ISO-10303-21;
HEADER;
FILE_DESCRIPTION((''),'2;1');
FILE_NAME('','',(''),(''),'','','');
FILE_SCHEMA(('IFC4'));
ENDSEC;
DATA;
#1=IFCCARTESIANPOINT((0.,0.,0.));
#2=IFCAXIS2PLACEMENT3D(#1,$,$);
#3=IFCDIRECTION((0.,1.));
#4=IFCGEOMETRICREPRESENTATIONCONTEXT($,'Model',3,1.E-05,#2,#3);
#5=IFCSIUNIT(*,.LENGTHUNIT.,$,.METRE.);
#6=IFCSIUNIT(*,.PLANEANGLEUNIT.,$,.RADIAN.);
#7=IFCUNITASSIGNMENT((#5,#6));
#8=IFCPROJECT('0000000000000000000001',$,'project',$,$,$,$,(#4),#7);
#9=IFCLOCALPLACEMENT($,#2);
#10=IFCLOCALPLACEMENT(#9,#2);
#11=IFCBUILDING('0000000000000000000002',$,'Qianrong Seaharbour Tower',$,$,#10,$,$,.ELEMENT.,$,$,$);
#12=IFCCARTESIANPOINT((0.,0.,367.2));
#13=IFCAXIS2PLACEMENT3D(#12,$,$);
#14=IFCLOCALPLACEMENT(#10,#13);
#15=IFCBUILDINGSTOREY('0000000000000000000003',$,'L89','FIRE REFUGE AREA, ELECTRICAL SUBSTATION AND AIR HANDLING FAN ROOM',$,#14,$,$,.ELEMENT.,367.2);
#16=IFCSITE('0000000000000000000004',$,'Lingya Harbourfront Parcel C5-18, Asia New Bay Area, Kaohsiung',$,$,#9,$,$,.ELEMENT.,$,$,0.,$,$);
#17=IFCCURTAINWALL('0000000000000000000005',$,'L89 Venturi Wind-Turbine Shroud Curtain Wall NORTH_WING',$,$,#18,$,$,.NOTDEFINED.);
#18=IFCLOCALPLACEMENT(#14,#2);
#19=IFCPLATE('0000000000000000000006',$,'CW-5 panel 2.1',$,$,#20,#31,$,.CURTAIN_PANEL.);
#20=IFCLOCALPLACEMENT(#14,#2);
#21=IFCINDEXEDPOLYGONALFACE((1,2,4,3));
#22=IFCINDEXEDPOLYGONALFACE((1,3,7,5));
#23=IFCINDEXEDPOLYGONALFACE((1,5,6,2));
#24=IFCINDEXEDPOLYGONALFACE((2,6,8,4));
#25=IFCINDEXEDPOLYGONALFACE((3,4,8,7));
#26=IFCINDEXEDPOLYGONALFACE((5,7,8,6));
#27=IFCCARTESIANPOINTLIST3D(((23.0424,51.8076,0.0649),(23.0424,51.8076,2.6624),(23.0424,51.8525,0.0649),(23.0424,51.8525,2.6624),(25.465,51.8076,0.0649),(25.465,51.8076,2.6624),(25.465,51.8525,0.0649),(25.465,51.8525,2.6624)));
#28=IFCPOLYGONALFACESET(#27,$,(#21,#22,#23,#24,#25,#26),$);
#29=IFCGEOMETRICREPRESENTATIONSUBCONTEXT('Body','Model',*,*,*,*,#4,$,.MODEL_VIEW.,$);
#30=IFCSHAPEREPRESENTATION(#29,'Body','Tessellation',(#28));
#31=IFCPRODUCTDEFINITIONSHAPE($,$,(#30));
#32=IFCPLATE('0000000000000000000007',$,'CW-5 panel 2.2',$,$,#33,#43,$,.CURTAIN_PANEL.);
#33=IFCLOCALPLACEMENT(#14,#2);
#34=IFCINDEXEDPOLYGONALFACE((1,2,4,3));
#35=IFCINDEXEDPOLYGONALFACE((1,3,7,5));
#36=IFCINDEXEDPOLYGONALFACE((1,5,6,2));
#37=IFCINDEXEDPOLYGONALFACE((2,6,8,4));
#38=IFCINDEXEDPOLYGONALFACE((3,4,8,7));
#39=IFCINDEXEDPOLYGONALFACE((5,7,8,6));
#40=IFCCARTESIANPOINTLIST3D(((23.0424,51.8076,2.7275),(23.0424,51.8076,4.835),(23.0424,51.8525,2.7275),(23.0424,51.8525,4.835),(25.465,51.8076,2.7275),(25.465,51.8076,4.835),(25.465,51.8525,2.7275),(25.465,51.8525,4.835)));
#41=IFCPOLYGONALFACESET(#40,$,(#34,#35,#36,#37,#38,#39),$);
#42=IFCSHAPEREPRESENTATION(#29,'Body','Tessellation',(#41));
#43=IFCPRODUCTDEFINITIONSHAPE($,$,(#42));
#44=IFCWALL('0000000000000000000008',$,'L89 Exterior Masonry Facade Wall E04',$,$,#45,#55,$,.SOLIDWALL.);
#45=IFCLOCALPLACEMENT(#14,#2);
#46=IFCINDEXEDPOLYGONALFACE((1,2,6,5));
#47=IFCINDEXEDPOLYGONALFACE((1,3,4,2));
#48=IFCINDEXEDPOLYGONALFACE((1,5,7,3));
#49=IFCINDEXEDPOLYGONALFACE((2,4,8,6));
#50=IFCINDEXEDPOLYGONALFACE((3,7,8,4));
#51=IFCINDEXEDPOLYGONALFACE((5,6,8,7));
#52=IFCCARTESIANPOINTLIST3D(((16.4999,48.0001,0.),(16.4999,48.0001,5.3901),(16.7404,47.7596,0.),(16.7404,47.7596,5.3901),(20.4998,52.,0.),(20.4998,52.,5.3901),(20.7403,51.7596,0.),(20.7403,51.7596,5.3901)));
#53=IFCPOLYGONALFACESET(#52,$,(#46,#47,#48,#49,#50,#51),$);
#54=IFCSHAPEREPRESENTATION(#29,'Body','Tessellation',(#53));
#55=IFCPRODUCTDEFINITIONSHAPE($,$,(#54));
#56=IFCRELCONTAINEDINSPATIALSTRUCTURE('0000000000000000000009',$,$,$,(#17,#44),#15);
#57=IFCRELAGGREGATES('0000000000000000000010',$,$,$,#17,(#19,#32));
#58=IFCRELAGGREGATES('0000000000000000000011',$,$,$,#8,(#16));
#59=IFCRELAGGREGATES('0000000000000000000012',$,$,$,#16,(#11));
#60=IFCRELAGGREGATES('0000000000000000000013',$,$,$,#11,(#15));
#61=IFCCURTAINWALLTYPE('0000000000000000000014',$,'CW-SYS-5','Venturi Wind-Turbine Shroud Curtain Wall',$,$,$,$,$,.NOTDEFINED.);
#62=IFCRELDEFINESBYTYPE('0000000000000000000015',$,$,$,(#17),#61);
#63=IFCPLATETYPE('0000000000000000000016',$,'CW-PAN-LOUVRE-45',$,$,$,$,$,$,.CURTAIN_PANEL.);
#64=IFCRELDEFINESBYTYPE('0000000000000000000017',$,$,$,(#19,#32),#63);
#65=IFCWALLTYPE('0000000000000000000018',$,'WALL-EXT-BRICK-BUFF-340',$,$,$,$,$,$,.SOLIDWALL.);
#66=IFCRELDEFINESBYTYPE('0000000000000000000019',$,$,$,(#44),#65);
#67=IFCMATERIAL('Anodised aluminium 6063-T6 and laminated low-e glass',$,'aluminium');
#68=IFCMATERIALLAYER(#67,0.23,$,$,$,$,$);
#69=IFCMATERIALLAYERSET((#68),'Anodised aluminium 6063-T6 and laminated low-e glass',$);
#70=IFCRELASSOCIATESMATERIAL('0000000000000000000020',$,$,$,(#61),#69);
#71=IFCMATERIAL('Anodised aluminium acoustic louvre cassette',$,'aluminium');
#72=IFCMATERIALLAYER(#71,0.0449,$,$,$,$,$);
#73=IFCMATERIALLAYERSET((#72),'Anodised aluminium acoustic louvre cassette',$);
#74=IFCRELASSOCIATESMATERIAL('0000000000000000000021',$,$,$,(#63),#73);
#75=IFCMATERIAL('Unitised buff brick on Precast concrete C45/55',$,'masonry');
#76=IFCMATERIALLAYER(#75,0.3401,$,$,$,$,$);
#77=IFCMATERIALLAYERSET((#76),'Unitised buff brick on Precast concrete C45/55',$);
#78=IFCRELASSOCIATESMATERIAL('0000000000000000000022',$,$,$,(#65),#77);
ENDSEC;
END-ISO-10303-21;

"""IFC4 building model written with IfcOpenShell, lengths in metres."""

from ifc_helpers import new_model, si_unit, direction, frame, frame_2d, origin, origin_2d, place, context, subcontext, project, spatial, rectangle, extrude, material, layer, layer_set, type_object, element, aggregate, save


model = new_model("IFC4")

# Units and contexts
model_context = context("Model", 3, precision=1e-05, world=origin(), true_north=direction((0.0, 1.0)))
body_context = subcontext(model_context, "Body", "Model", "MODEL_VIEW")
ifc_project = project(units=[si_unit("LENGTHUNIT", "METRE"), si_unit("PLANEANGLEUNIT", "RADIAN")], contexts=[model_context])

# Site, building, storey
site_placement = place(None, origin())
site = spatial("IfcSite", under=ifc_project, at=site_placement, Name="Lingya Harbourfront Parcel C5-18, Asia New Bay Area, Kaohsiung", CompositionType="ELEMENT", RefElevation=0.0)
building_placement = place(site_placement, origin())
building = spatial("IfcBuilding", under=site, at=building_placement, Name="Qianrong Seaharbour Tower", CompositionType="ELEMENT")
storey_placement = place(building_placement, frame((0.0, 0.0, 367.2)))
storey = spatial("IfcBuildingStorey", under=building, at=storey_placement, Name="L89", Description="FIRE REFUGE AREA, ELECTRICAL SUBSTATION AND AIR HANDLING FAN ROOM", CompositionType="ELEMENT", Elevation=367.2)

# Shared definitions
ifc_material_1 = material(Name="Anodised aluminium 6063-T6 and laminated low-e glass", Category="aluminium")
ifc_layer_1 = layer(ifc_material_1, 0.23)
ifc_layer_set_1 = layer_set([ifc_layer_1], Name="Anodised aluminium 6063-T6 and laminated low-e glass")
curtain_wall_type = type_object("IfcCurtainWallType", Name="CW-SYS-5", Description="Venturi Wind-Turbine Shroud Curtain Wall", PredefinedType="NOTDEFINED", material=ifc_layer_set_1)

# Curtain wall
curtain_wall_1_placement = place(storey_placement, origin())
curtain_wall_1 = element("IfcCurtainWall", 1, at=curtain_wall_1_placement, inside=storey, type_object=curtain_wall_type, Name="L89 Venturi Wind-Turbine Shroud Curtain Wall NORTH_WING", PredefinedType="NOTDEFINED")

# Plates
ifc_material_2 = material(Name="Anodised aluminium acoustic louvre cassette", Category="aluminium")
ifc_layer_2 = layer(ifc_material_2, 0.0449)
ifc_layer_set_2 = layer_set([ifc_layer_2], Name="Anodised aluminium acoustic louvre cassette")
plate_type = type_object("IfcPlateType", Name="CW-PAN-LOUVRE-45", PredefinedType="CURTAIN_PANEL", material=ifc_layer_set_2)
plate_1_placement = place(storey_placement, frame((24.2537, 51.8301, 0.0649), z_axis=(0.0, 0.0, 1.0), x_axis=(1.0, 0.0, 0.0)))
plate_1 = element("IfcPlate", 2, at=plate_1_placement, type_object=plate_type, Name="CW-5 panel 2.1", PredefinedType="CURTAIN_PANEL", context=body_context, shape_type="SweptSolid", body=[
    extrude(rectangle(XDim=2.4226, YDim=0.0449, at=origin_2d()), origin(), (0.0, 0.0, 1.0), 2.5974),
])
plate_2_placement = place(storey_placement, frame((24.2537, 51.8301, 2.7275), z_axis=(0.0, 0.0, 1.0), x_axis=(1.0, 0.0, 0.0)))
plate_2 = element("IfcPlate", 3, at=plate_2_placement, type_object=plate_type, Name="CW-5 panel 2.2", PredefinedType="CURTAIN_PANEL", context=body_context, shape_type="SweptSolid", body=[
    extrude(rectangle(XDim=2.4226, YDim=0.0449, at=origin_2d()), origin(), (0.0, 0.0, 1.0), 2.1074),
])
aggregate(curtain_wall_1, [plate_1, plate_2])

# Wall
ifc_material_3 = material(Name="Unitised buff brick on Precast concrete C45/55", Category="masonry")
ifc_layer_3 = layer(ifc_material_3, 0.3401)
ifc_layer_set_3 = layer_set([ifc_layer_3], Name="Unitised buff brick on Precast concrete C45/55")
wall_type = type_object("IfcWallType", Name="WALL-EXT-BRICK-BUFF-340", PredefinedType="SOLIDWALL", material=ifc_layer_set_3)
wall_placement = place(storey_placement, frame((16.6201, 47.8799, 0.0), z_axis=(0.0, 0.0, 1.0), x_axis=(0.707107, 0.707107, 0.0)))
element("IfcWall", 4, at=wall_placement, inside=storey, type_object=wall_type, Name="L89 Exterior Masonry Facade Wall E04", PredefinedType="SOLIDWALL", context=body_context, shape_type="SweptSolid", body=[
    extrude(rectangle(XDim=5.6567, YDim=0.3401, at=frame_2d((2.8284, 0.0))), origin(), (0.0, 0.0, 1.0), 5.3901),
])

save(model, "model.ifc")
